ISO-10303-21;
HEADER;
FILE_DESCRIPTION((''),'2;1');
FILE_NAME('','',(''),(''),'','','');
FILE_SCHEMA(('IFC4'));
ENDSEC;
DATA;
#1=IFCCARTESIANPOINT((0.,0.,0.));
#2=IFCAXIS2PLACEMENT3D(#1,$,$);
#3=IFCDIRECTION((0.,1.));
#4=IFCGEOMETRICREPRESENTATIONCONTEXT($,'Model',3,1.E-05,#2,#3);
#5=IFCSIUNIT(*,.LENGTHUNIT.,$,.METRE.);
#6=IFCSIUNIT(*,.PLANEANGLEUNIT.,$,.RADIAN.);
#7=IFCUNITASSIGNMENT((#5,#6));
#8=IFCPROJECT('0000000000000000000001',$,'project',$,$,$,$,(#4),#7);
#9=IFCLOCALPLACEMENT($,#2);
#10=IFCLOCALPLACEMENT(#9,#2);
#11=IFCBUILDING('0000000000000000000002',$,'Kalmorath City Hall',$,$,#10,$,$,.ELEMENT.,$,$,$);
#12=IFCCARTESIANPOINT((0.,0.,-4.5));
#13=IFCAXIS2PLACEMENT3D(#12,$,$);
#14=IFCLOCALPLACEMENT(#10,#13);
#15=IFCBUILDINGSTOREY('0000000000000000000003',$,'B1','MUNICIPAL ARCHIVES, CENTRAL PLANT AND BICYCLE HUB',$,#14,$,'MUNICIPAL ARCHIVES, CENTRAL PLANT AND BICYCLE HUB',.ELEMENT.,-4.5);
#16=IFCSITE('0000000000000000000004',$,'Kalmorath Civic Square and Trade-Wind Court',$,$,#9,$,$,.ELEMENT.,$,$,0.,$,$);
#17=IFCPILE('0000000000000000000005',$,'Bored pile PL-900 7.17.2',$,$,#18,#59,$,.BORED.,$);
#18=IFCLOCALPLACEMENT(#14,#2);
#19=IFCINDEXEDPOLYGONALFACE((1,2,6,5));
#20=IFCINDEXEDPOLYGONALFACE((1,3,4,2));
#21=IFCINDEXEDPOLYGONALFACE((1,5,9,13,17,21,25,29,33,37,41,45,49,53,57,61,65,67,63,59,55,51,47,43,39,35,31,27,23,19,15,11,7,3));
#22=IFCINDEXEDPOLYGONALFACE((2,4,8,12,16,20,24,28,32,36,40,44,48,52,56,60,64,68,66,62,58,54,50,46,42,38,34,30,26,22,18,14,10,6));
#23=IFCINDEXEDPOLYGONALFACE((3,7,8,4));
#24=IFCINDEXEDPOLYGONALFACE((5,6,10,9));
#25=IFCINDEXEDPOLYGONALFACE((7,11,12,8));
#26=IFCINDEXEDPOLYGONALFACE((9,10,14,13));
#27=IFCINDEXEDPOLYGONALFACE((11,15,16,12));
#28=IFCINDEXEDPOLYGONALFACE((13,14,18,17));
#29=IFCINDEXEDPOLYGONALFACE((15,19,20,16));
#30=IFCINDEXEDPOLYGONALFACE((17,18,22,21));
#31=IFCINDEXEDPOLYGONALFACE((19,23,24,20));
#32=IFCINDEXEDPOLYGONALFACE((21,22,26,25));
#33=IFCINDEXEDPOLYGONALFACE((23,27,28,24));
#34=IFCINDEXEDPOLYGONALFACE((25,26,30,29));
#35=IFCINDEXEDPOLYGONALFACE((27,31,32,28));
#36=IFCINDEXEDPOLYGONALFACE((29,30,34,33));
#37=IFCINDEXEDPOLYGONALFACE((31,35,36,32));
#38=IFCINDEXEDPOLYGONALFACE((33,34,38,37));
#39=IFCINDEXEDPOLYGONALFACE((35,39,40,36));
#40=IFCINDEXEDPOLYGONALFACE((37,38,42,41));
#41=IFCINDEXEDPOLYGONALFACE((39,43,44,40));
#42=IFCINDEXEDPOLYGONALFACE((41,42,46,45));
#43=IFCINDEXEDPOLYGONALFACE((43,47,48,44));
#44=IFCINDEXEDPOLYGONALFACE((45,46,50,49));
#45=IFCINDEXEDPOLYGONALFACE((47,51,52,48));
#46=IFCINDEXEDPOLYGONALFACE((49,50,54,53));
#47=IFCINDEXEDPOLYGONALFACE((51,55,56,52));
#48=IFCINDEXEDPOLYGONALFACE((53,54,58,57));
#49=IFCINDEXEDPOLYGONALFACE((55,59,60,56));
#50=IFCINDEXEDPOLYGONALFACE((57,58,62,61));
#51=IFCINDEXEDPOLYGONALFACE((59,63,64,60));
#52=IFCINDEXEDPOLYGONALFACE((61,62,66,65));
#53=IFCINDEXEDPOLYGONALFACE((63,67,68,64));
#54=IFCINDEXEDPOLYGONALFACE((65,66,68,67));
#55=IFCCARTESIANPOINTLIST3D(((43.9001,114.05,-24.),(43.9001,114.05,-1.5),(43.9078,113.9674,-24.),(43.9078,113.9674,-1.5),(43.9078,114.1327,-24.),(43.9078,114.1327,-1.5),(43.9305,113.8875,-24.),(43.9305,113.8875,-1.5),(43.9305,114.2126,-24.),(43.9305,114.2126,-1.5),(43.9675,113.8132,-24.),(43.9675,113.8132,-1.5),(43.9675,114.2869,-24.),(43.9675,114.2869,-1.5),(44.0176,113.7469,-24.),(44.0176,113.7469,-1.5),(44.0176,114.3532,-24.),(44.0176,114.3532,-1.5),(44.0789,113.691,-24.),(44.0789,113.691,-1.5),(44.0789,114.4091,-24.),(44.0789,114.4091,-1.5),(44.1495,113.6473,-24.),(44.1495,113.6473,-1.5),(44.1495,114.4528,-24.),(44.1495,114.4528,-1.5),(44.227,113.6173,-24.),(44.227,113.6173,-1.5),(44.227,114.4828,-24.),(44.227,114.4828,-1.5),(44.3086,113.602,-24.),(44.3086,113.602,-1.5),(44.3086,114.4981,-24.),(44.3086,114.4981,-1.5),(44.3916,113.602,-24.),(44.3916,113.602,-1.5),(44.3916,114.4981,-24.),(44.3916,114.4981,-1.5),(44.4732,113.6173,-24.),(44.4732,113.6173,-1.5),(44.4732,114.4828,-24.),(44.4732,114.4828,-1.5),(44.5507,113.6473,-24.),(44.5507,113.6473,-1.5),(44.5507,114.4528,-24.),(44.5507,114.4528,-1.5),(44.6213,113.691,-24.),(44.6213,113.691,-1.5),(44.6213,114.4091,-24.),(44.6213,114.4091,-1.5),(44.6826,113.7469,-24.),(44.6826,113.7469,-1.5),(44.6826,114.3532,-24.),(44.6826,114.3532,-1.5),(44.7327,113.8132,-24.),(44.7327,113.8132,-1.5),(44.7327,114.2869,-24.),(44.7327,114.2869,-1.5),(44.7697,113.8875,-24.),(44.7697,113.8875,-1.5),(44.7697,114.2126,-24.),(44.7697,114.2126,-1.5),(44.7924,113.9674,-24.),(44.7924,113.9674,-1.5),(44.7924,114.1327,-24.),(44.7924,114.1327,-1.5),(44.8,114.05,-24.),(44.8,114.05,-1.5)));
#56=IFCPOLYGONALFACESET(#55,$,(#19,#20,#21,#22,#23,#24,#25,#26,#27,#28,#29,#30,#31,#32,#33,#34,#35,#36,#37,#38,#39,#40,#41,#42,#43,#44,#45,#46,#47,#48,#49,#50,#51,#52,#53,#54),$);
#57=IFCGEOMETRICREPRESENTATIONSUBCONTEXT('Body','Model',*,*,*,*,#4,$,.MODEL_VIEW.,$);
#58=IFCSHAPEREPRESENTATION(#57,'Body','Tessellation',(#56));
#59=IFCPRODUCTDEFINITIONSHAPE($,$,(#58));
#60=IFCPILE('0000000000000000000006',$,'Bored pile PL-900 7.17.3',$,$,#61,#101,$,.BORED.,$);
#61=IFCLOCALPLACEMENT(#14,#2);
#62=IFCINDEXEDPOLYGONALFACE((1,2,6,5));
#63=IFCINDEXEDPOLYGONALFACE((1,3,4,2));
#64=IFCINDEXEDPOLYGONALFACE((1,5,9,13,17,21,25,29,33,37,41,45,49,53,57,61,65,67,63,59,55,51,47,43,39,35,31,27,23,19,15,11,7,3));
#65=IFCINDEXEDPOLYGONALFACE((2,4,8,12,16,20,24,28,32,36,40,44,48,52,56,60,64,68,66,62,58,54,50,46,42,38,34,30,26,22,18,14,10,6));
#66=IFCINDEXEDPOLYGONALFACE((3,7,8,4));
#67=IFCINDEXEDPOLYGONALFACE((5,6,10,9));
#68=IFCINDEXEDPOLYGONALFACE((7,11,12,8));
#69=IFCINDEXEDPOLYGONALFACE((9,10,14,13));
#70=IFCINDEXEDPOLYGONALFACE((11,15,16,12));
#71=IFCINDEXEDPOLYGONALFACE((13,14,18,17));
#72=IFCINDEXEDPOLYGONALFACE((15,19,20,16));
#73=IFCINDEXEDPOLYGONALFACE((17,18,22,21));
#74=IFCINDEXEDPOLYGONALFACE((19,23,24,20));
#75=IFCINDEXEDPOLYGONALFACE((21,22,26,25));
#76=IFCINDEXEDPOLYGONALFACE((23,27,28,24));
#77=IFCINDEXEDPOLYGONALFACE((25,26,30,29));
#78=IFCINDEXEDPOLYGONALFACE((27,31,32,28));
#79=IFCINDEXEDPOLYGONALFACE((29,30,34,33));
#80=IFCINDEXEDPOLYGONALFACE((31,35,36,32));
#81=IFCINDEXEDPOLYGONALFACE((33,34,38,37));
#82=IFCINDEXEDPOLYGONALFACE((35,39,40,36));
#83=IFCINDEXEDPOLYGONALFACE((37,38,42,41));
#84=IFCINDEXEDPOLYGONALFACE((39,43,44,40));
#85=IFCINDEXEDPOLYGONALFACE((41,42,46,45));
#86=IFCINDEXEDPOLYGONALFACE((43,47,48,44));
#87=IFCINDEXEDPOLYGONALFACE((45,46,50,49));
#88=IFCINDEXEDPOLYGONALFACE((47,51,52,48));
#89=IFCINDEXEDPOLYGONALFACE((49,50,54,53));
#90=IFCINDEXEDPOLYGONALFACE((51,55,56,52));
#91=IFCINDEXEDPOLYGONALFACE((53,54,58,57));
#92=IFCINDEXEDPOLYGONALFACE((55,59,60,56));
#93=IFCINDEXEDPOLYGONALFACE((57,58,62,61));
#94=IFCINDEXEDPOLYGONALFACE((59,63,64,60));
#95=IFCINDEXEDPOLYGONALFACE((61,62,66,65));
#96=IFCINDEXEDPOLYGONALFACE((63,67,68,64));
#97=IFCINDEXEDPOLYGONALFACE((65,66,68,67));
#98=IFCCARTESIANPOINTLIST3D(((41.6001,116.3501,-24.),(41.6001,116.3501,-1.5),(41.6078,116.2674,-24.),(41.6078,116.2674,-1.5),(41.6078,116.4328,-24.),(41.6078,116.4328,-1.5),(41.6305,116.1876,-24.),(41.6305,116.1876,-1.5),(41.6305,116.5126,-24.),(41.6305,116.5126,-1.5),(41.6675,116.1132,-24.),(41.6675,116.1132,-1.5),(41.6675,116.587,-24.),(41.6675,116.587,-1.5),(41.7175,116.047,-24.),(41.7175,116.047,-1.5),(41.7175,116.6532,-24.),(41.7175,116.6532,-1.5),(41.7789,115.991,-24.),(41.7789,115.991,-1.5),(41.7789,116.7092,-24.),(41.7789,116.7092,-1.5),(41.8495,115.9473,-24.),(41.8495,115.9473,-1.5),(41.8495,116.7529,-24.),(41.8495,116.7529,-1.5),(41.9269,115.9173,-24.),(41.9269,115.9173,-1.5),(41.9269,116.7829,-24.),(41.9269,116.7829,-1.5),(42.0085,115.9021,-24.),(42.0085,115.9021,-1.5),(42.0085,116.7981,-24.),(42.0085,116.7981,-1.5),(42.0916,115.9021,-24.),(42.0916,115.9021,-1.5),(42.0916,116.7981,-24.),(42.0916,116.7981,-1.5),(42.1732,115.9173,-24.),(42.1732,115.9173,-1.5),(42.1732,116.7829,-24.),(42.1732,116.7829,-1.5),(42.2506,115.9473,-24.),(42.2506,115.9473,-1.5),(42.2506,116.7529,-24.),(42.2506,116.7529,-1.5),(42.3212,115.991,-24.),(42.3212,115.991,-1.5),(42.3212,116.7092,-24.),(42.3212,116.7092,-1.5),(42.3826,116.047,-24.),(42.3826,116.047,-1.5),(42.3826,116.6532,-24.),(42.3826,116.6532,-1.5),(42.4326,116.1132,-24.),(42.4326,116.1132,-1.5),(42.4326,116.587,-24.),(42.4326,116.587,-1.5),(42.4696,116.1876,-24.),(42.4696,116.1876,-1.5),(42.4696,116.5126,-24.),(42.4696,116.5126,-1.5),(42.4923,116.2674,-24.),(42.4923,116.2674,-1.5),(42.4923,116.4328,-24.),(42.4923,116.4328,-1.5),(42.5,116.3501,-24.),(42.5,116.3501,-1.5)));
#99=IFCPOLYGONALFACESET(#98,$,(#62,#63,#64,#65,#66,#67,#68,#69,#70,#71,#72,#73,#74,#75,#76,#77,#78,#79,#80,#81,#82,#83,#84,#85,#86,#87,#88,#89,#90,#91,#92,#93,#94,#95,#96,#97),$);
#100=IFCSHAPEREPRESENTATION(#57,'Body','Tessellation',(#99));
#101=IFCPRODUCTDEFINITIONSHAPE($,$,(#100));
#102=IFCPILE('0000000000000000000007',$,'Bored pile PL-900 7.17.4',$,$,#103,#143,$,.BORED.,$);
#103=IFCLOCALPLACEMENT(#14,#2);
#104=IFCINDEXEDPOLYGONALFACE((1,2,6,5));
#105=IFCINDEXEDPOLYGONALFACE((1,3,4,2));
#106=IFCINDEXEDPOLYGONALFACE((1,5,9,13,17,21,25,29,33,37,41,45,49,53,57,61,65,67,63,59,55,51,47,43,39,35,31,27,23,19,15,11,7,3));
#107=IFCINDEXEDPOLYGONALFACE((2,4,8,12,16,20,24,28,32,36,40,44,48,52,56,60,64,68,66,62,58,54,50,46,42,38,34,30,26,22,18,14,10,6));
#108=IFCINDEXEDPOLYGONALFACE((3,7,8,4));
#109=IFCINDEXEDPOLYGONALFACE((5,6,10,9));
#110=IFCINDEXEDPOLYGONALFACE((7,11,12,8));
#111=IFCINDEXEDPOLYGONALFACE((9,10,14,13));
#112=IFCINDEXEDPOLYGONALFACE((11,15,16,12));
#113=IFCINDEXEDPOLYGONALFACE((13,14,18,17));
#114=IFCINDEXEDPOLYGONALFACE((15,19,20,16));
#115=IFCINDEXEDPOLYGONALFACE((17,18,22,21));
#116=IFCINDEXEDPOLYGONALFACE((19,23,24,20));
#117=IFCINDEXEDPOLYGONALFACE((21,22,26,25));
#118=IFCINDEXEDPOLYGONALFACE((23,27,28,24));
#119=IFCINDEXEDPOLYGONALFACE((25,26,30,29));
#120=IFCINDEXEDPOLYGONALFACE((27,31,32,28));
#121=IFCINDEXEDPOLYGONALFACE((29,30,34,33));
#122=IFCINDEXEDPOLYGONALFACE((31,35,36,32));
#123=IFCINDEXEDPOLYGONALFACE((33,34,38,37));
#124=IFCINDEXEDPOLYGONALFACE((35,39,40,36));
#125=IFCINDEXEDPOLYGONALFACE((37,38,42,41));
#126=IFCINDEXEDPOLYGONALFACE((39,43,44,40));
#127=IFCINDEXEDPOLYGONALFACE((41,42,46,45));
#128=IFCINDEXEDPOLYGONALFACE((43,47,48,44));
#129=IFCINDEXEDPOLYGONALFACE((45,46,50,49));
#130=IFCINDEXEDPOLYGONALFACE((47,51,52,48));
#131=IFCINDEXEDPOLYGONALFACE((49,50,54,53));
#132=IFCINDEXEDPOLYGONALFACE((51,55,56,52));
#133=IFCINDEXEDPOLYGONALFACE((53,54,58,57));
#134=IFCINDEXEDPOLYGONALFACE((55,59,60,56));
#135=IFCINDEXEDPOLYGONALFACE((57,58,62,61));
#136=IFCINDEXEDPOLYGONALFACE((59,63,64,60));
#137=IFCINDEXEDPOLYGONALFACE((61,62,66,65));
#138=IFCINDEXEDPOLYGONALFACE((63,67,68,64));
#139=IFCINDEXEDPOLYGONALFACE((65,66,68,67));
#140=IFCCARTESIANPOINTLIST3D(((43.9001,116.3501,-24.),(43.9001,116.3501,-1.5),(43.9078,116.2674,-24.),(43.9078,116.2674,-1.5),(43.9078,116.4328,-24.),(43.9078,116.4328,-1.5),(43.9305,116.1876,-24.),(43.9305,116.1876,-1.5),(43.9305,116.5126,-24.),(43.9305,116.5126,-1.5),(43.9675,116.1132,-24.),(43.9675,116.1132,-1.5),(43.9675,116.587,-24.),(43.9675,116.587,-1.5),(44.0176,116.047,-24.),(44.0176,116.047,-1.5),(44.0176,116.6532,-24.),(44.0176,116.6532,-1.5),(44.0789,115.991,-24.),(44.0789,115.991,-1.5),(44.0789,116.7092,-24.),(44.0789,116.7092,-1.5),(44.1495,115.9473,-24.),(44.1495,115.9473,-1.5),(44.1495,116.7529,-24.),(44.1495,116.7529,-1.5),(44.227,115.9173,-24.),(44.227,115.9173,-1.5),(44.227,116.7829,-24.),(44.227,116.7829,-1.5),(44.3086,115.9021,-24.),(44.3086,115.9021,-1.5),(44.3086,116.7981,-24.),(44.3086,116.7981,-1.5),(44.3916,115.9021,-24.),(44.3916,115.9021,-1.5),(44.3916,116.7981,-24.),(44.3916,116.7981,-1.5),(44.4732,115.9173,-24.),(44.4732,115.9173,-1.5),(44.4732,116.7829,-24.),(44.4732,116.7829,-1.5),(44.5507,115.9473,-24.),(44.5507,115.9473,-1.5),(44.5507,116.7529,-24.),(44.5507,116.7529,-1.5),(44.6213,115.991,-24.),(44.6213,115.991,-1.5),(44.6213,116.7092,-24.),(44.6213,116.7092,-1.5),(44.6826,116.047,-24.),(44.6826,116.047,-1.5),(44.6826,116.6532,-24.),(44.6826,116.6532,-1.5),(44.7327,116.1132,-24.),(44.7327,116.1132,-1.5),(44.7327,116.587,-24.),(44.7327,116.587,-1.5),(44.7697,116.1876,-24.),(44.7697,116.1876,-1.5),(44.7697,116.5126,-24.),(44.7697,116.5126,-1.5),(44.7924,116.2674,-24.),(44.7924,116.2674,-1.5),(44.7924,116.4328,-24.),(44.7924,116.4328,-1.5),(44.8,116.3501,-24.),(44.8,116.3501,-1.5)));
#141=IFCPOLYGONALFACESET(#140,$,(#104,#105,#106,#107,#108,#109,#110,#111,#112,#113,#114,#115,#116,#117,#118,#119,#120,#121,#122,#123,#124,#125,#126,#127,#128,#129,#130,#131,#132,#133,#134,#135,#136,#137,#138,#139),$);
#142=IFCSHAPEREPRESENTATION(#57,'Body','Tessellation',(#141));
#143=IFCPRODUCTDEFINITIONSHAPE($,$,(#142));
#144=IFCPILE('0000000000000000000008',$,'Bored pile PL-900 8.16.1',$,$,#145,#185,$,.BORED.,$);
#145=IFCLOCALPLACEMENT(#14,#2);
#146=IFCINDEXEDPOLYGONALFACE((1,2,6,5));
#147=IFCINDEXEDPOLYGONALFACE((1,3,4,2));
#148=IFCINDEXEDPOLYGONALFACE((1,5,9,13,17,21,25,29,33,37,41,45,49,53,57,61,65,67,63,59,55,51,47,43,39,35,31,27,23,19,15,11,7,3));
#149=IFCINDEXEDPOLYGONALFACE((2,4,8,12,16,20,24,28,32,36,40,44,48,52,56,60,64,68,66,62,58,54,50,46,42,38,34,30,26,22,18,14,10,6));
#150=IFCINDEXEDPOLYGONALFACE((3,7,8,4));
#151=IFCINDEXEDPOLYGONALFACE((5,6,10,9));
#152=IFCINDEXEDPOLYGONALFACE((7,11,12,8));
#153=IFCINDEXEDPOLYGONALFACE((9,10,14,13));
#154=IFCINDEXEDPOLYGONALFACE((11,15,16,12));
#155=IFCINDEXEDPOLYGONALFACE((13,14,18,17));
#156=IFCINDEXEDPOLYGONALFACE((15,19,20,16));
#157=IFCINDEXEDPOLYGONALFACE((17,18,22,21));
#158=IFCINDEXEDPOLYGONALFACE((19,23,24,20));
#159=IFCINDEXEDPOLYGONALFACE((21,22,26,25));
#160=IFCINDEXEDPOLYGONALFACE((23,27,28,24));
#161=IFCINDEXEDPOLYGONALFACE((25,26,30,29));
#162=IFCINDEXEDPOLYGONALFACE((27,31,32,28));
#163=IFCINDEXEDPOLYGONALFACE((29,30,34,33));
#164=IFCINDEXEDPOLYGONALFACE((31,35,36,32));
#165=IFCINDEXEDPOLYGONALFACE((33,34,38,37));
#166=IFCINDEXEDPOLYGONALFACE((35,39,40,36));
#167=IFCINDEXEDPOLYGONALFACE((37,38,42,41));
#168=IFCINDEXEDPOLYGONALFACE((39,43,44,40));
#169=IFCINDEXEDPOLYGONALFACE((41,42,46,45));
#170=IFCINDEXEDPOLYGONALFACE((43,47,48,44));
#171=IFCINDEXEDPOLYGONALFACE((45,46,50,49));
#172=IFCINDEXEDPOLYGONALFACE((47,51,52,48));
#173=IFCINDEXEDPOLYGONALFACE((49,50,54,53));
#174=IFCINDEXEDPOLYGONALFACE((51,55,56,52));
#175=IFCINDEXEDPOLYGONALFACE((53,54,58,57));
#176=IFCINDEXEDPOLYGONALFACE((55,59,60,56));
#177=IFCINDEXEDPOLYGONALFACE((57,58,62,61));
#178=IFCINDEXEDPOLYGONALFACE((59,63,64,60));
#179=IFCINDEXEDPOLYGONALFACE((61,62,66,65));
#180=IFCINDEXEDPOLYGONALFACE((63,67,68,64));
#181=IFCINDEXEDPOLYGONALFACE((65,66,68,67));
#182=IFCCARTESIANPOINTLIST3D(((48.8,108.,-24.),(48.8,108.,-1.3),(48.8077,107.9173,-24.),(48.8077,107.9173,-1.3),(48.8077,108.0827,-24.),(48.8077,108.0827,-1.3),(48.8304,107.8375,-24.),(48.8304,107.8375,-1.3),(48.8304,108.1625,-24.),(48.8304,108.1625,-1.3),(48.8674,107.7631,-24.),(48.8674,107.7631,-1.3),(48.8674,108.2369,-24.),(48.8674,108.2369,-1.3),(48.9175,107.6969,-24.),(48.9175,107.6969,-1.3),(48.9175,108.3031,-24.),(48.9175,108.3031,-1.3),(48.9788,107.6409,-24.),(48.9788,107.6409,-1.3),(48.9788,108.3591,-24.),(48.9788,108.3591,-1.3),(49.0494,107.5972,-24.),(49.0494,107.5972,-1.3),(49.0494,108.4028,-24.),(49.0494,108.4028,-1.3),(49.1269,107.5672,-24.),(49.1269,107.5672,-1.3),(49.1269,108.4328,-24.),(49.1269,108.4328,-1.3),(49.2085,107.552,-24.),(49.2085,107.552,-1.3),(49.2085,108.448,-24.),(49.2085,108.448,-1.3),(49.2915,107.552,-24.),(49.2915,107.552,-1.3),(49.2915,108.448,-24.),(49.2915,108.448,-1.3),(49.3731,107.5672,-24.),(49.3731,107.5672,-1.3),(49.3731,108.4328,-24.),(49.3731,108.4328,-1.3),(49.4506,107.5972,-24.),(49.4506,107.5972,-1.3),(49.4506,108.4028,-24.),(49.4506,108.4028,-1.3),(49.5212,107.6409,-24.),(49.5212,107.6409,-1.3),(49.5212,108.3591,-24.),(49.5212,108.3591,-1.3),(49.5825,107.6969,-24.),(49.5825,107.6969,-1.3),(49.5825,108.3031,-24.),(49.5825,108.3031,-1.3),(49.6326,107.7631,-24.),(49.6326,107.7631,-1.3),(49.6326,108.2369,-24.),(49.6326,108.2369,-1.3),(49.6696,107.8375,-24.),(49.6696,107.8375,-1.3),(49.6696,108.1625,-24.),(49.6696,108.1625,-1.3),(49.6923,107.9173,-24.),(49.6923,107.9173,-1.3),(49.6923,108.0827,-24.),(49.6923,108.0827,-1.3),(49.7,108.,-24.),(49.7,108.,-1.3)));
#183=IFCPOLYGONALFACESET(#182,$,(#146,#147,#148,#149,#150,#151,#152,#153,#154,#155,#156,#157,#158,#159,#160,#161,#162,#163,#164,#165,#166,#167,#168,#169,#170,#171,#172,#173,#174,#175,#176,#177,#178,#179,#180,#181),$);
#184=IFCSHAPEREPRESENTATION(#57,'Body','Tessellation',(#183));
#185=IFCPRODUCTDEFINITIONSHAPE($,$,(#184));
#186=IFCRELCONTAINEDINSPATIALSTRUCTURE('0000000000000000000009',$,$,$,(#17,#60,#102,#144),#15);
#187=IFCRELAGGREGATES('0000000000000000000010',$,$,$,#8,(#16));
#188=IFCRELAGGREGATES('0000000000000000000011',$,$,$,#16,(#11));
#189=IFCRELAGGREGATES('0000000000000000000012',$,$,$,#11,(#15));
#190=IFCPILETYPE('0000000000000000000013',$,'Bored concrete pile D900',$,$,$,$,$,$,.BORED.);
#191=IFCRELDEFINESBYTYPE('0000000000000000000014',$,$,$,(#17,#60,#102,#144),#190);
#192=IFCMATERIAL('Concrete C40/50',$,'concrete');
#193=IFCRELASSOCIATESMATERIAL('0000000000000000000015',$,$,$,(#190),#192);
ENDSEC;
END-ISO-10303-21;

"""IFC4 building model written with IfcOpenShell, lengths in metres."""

from ifc_helpers import new_model, si_unit, direction, frame, origin, origin_2d, place, context, subcontext, project, spatial, circle, extrude, material, material_profile, profile_set, type_object, element, save


model = new_model("IFC4")

# Units and contexts
model_context = context("Model", 3, precision=1e-05, world=origin(), true_north=direction((0.0, 1.0)))
body_context = subcontext(model_context, "Body", "Model", "MODEL_VIEW")
ifc_project = project(units=[si_unit("LENGTHUNIT", "METRE"), si_unit("PLANEANGLEUNIT", "RADIAN")], contexts=[model_context])

# Site, building, storey
site_placement = place(None, origin())
site = spatial("IfcSite", under=ifc_project, at=site_placement, Name="Kalmorath Civic Square and Trade-Wind Court", CompositionType="ELEMENT", RefElevation=0.0)
building_placement = place(site_placement, origin())
building = spatial("IfcBuilding", under=site, at=building_placement, Name="Kalmorath City Hall", CompositionType="ELEMENT")
storey_placement = place(building_placement, frame((0.0, 0.0, -4.5)))
storey = spatial("IfcBuildingStorey", under=building, at=storey_placement, Name="B1", Description="MUNICIPAL ARCHIVES, CENTRAL PLANT AND BICYCLE HUB", LongName="MUNICIPAL ARCHIVES, CENTRAL PLANT AND BICYCLE HUB", CompositionType="ELEMENT", Elevation=-4.5)

# Piles
ifc_material_1 = material(Name="Concrete C40/50", Category="concrete")
ifc_material_profile_1 = material_profile(ifc_material_1, circle(Radius=0.45, at=origin_2d()), Name="PILE-D900")
ifc_profile_set_1 = profile_set([ifc_material_profile_1], Name="Concrete C40/50")
pile_type = type_object("IfcPileType", Name="Bored concrete pile D900", PredefinedType="BORED", material=ifc_profile_set_1)
for number, where, z_axis, x_axis, name in (
    (1, (44.3501, 114.05, -1.5), (0.0, 0.0, -1.0), (1.0, 0.0, 0.0), "Bored pile PL-900 7.17.2"),
    (2, (42.05, 116.3501, -1.5), (0.0, 0.0, -1.0), (1.0, 0.0, 0.0), "Bored pile PL-900 7.17.3"),
    (3, (44.3501, 116.3501, -1.5), (0.0, 0.0, -1.0), (1.0, 0.0, 0.0), "Bored pile PL-900 7.17.4"),
):
    element("IfcPile", number, at=place(storey_placement, frame(where, z_axis=z_axis, x_axis=x_axis)), inside=storey, type_object=pile_type, Name=name, PredefinedType="BORED", context=body_context, shape_type="SweptSolid", body=[
        extrude(circle(Radius=0.45, at=origin_2d()), origin(), (0.0, 0.0, 1.0), 22.5),
    ])
pile_1_placement = place(storey_placement, frame((49.25, 108.0, -1.3), z_axis=(0.0, 0.0, -1.0), x_axis=(1.0, 0.0, 0.0)))
element("IfcPile", 4, at=pile_1_placement, inside=storey, type_object=pile_type, Name="Bored pile PL-900 8.16.1", PredefinedType="BORED", context=body_context, shape_type="SweptSolid", body=[
    extrude(circle(Radius=0.45, at=origin_2d()), origin(), (0.0, 0.0, 1.0), 22.7),
])

save(model, "model.ifc")
